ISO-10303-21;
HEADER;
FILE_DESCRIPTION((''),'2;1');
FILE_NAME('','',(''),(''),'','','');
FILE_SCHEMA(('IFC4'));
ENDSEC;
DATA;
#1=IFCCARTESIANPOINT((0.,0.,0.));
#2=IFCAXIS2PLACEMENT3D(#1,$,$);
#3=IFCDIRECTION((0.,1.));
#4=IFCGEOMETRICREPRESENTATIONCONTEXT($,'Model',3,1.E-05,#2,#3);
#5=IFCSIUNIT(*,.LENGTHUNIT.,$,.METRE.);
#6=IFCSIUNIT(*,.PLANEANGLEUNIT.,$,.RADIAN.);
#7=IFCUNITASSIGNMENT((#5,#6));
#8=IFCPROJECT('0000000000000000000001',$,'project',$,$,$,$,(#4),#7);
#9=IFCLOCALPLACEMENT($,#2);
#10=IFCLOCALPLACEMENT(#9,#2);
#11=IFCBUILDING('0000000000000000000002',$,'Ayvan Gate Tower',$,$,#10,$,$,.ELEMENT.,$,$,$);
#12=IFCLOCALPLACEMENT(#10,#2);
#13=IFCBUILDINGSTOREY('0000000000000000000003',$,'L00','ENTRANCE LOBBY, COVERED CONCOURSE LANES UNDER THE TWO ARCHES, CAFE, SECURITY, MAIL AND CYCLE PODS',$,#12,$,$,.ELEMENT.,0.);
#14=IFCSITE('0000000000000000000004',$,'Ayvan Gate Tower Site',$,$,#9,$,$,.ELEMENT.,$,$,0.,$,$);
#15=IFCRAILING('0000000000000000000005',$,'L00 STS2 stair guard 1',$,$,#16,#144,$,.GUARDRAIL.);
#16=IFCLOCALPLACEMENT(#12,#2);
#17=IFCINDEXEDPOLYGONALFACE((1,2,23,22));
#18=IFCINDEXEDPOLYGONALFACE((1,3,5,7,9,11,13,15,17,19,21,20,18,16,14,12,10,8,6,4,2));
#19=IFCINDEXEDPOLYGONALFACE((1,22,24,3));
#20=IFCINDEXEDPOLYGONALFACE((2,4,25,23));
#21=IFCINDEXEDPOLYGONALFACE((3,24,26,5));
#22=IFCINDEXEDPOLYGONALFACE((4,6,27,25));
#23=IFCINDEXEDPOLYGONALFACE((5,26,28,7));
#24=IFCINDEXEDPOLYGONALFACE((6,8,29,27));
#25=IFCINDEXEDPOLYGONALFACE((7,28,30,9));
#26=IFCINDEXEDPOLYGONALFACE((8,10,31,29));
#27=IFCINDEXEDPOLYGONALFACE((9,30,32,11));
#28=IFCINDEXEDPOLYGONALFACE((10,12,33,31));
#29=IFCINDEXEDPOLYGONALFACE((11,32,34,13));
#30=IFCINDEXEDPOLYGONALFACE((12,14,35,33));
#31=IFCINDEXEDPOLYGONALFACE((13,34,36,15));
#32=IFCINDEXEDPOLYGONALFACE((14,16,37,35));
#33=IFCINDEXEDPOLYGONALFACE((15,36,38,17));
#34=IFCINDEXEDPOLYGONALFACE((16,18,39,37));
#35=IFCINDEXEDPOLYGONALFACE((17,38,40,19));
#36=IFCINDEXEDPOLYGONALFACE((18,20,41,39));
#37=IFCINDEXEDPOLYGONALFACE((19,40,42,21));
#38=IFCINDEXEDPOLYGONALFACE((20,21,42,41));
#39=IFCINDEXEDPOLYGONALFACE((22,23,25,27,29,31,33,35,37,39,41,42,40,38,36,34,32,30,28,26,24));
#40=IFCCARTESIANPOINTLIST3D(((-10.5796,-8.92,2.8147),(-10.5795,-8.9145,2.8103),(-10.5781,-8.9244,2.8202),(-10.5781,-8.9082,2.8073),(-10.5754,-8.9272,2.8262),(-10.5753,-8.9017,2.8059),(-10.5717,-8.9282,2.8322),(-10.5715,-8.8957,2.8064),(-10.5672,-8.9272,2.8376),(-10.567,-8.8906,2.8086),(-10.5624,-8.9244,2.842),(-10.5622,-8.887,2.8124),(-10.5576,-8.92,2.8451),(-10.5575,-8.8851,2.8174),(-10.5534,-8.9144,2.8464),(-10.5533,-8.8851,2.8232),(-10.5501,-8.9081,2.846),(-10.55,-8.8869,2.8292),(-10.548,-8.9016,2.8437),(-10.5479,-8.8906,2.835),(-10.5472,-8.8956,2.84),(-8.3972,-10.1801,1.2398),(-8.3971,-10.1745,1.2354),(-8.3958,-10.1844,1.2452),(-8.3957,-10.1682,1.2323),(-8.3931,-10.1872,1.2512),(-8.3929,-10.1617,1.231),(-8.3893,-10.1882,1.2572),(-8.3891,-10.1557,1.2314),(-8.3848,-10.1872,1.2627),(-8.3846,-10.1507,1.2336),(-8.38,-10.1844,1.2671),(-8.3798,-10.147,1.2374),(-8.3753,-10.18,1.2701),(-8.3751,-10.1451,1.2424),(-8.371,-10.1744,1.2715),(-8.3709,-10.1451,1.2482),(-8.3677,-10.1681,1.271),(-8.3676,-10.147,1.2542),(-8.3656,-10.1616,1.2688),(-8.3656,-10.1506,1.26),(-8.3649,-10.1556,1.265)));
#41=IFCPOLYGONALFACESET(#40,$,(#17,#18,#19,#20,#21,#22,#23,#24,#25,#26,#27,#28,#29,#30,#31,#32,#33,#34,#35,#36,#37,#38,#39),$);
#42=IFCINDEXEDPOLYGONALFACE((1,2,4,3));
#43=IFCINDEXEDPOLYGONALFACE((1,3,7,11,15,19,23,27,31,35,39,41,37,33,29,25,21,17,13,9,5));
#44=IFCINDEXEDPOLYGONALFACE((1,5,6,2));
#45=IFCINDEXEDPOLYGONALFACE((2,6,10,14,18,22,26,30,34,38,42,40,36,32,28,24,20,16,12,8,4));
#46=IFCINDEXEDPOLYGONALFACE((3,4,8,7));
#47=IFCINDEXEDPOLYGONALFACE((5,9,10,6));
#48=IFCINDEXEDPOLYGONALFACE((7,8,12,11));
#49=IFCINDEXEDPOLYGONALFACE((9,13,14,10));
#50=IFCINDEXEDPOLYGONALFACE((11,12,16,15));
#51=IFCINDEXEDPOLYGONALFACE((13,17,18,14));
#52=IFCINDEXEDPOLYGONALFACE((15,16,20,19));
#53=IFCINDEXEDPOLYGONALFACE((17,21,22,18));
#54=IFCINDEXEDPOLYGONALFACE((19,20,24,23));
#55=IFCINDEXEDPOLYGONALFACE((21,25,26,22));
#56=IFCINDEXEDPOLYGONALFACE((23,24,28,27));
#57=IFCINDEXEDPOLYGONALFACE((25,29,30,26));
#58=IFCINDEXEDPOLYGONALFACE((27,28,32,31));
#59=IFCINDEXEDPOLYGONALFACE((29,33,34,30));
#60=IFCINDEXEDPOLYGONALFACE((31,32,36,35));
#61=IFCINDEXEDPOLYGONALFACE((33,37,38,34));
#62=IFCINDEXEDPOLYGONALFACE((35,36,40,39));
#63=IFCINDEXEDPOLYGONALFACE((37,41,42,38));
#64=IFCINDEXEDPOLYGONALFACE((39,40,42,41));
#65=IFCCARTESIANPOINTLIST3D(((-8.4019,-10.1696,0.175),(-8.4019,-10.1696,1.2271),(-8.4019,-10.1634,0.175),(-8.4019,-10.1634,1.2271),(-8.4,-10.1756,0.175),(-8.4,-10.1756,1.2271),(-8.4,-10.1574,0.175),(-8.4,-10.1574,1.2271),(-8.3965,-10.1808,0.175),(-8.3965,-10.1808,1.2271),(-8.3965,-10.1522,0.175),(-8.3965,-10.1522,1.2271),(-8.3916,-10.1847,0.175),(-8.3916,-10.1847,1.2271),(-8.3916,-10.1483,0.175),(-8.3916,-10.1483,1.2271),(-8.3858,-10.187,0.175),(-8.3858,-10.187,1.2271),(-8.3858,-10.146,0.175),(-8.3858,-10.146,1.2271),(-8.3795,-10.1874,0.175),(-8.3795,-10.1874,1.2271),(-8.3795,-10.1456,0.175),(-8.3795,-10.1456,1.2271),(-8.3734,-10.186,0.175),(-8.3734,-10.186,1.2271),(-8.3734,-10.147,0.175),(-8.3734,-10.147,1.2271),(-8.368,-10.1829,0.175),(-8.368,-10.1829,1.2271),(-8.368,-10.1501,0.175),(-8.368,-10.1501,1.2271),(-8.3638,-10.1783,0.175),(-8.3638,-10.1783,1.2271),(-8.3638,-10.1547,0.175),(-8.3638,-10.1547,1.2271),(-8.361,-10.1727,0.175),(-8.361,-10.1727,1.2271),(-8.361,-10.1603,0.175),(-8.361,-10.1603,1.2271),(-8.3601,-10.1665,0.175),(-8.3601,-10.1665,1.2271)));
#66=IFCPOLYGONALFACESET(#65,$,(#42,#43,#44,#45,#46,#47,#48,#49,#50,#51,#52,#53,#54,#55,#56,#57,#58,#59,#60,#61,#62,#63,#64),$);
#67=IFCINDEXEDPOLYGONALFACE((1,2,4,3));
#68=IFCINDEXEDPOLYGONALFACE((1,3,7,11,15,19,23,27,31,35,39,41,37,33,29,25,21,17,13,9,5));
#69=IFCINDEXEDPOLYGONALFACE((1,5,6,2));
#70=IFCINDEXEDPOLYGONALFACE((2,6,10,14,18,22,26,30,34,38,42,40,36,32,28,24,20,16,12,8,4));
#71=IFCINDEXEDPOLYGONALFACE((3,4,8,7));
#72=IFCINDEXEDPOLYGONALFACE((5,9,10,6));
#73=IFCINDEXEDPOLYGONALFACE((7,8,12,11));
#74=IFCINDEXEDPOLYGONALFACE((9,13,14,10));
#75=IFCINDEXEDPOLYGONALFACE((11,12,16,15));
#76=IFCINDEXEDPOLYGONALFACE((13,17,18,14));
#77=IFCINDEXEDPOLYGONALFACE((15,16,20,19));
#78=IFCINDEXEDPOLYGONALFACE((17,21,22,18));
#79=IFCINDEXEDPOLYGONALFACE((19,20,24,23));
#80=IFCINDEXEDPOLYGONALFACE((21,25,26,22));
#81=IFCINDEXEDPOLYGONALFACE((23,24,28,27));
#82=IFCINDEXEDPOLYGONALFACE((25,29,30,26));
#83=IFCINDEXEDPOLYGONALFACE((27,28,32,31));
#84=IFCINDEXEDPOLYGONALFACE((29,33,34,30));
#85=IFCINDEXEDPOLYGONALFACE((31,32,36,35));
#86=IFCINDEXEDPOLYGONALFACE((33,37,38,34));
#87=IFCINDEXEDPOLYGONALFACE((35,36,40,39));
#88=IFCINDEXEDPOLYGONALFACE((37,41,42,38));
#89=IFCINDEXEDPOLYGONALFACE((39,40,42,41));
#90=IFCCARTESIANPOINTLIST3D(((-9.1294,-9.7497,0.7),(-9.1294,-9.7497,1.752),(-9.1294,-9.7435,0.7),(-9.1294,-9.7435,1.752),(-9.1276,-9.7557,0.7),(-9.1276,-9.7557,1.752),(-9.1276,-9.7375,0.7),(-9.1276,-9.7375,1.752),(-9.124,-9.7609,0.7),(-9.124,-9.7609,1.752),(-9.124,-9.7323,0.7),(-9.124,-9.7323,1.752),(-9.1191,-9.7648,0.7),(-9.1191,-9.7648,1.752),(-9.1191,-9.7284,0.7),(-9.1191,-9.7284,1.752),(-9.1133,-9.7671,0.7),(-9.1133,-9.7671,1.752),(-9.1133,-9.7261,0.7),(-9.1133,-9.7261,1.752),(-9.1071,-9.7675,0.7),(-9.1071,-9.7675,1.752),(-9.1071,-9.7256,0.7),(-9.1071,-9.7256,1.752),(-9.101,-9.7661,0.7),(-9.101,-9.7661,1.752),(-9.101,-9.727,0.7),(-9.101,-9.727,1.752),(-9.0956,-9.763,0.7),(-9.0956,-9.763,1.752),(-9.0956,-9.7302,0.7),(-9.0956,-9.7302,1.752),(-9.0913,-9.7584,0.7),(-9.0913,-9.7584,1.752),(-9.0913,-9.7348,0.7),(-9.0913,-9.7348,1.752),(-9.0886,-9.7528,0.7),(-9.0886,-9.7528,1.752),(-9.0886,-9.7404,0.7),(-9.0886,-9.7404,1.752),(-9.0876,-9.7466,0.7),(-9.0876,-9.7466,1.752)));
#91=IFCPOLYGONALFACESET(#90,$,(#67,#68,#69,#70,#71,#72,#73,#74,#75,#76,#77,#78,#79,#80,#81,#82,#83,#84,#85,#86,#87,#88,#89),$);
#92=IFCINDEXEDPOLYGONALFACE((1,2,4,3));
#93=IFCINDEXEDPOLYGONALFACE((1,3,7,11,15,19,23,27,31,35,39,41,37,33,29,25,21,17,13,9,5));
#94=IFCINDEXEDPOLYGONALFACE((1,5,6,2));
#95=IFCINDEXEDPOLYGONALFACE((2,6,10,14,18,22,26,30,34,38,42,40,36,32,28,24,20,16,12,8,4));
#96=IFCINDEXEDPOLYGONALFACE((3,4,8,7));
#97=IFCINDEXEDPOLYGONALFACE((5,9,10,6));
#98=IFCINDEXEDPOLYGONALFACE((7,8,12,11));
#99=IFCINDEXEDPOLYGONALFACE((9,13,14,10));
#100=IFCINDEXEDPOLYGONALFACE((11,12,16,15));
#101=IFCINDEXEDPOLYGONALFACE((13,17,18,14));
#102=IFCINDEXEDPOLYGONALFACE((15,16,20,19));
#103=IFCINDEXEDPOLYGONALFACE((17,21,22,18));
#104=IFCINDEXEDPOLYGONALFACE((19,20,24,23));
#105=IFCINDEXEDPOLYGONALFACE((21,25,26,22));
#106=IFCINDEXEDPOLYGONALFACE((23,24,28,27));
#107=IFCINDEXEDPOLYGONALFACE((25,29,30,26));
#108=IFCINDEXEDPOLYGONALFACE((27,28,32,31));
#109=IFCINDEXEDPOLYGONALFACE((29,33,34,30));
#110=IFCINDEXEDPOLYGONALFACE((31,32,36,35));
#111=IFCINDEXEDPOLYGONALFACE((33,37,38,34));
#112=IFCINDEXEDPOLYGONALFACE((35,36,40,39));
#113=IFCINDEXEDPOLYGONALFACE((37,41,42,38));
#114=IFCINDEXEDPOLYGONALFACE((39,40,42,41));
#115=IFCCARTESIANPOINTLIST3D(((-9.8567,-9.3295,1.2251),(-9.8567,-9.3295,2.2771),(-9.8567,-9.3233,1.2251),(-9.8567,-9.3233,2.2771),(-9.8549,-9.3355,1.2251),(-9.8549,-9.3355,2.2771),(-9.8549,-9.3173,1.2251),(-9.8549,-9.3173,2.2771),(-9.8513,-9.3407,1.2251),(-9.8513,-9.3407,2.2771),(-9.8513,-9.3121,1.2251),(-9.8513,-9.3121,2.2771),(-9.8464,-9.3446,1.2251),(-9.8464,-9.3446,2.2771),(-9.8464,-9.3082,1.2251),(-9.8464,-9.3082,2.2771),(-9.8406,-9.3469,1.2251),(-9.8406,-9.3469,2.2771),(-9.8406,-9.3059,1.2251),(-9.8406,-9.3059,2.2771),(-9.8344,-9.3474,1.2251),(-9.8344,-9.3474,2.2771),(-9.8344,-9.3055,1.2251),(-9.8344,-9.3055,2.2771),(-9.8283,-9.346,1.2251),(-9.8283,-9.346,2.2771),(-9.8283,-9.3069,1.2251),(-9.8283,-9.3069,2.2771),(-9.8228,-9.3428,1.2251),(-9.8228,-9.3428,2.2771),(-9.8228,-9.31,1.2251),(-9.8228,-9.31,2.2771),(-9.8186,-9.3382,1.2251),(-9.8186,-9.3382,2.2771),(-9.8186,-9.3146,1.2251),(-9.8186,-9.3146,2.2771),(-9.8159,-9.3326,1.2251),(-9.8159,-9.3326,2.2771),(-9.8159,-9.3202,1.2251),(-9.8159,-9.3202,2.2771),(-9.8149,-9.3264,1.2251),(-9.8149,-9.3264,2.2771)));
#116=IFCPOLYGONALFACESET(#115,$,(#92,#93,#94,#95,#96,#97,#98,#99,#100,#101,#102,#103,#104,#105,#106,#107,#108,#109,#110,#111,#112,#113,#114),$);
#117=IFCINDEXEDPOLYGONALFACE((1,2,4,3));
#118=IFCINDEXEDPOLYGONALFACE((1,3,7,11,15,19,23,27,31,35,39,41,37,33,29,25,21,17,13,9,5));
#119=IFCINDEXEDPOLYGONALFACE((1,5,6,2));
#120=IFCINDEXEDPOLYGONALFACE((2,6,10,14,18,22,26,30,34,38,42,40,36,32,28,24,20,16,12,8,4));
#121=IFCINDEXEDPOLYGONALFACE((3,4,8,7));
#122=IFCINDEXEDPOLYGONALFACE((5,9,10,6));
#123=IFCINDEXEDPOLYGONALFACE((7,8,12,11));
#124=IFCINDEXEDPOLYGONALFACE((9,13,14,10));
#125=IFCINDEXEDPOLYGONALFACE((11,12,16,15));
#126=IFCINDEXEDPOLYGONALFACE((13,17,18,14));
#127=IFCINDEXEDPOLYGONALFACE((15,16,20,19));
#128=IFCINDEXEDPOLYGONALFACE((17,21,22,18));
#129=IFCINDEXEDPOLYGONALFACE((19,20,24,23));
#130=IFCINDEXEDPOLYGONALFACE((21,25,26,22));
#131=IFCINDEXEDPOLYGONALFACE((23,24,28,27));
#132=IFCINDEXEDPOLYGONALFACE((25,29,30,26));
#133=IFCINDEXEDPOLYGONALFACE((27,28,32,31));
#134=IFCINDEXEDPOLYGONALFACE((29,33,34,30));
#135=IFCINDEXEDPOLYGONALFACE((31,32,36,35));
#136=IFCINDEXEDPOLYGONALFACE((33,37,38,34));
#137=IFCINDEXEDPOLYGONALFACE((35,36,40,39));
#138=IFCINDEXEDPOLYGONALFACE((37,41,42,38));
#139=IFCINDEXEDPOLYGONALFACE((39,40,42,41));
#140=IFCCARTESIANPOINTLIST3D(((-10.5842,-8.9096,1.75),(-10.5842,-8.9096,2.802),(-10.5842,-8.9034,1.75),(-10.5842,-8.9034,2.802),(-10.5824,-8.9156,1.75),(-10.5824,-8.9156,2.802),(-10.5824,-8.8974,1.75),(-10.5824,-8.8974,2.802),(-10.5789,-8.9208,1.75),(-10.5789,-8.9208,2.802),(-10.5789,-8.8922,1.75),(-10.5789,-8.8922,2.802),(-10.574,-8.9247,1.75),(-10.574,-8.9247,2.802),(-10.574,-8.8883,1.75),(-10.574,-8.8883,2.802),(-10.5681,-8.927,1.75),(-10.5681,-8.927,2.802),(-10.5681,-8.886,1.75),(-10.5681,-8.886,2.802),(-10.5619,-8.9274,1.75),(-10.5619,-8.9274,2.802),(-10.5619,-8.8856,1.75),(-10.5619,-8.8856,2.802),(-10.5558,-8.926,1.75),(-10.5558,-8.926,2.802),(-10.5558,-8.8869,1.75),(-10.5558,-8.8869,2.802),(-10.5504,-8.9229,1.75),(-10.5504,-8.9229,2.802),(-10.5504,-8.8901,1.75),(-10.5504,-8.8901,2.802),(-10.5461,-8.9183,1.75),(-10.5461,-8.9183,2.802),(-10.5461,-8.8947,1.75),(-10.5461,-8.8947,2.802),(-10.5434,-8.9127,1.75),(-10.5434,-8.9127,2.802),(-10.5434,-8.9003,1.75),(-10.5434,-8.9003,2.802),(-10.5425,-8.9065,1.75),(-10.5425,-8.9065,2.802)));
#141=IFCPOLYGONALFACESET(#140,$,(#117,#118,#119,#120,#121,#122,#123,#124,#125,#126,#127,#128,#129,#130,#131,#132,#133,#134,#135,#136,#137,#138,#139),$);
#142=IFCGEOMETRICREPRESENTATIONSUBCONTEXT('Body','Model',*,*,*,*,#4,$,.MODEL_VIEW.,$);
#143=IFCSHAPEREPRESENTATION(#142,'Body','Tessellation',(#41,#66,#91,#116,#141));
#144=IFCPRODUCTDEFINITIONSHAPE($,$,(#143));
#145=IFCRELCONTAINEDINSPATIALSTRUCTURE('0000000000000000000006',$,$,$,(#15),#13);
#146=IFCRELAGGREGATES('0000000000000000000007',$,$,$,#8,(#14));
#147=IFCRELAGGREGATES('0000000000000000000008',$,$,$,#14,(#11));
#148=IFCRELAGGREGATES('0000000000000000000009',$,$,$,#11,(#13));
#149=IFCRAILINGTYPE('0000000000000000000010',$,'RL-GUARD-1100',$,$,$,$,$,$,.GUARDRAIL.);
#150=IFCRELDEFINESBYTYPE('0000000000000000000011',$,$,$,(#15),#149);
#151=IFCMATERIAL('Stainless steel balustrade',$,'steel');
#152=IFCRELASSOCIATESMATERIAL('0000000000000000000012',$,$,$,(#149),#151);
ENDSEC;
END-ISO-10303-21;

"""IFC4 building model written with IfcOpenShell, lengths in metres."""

from ifc_helpers import new_model, si_unit, direction, frame, origin, origin_2d, place, context, subcontext, project, spatial, circle, extrude, material, type_object, element, save


model = new_model("IFC4")

# Units and contexts
model_context = context("Model", 3, precision=1e-05, world=origin(), true_north=direction((0.0, 1.0)))
body_context = subcontext(model_context, "Body", "Model", "MODEL_VIEW")
ifc_project = project(units=[si_unit("LENGTHUNIT", "METRE"), si_unit("PLANEANGLEUNIT", "RADIAN")], contexts=[model_context])

# Site, building, storey
site_placement = place(None, origin())
site = spatial("IfcSite", under=ifc_project, at=site_placement, Name="Ayvan Gate Tower Site", CompositionType="ELEMENT", RefElevation=0.0)
building_placement = place(site_placement, origin())
building = spatial("IfcBuilding", under=site, at=building_placement, Name="Ayvan Gate Tower", CompositionType="ELEMENT")
storey_placement = place(building_placement, origin())
storey = spatial("IfcBuildingStorey", under=building, at=storey_placement, Name="L00", Description="ENTRANCE LOBBY, COVERED CONCOURSE LANES UNDER THE TWO ARCHES, CAFE, SECURITY, MAIL AND CYCLE PODS", CompositionType="ELEMENT", Elevation=0.0)

# Railing
ifc_material_1 = material(Name="Stainless steel balustrade", Category="steel")
railing_type_1 = type_object("IfcRailingType", Name="RL-GUARD-1100", PredefinedType="GUARDRAIL", material=ifc_material_1)
railing_1_placement = place(storey_placement, frame((-8.3811, -10.1665, 0.175)))
element("IfcRailing", 1, at=railing_1_placement, inside=storey, type_object=railing_type_1, Name="L00 STS2 stair guard 1", PredefinedType="GUARDRAIL", context=body_context, shape_type="SweptSolid", body=[
    extrude(circle(Radius=0.0239, at=origin_2d()), frame((0.0, 0.0, 1.0762), z_axis=(-0.734392, 0.424007, 0.529988), x_axis=(-0.500005, -0.866023, 0.0)), (0.0, 0.0, 1.0), 2.9717),
    extrude(circle(Radius=0.021, at=origin_2d()), origin(), (0.0, 0.0, 1.0), 1.052),
    extrude(circle(Radius=0.021, at=origin_2d()), frame((-0.7275, 0.4199, 0.5249)), (0.0, 0.0, 1.0), 1.052),
    extrude(circle(Radius=0.021, at=origin_2d()), frame((-1.4548, 0.8401, 1.05)), (0.0, 0.0, 1.0), 1.052),
    extrude(circle(Radius=0.021, at=origin_2d()), frame((-2.1824, 1.26, 1.575)), (0.0, 0.0, 1.0), 1.052),
])

save(model, "model.ifc")
